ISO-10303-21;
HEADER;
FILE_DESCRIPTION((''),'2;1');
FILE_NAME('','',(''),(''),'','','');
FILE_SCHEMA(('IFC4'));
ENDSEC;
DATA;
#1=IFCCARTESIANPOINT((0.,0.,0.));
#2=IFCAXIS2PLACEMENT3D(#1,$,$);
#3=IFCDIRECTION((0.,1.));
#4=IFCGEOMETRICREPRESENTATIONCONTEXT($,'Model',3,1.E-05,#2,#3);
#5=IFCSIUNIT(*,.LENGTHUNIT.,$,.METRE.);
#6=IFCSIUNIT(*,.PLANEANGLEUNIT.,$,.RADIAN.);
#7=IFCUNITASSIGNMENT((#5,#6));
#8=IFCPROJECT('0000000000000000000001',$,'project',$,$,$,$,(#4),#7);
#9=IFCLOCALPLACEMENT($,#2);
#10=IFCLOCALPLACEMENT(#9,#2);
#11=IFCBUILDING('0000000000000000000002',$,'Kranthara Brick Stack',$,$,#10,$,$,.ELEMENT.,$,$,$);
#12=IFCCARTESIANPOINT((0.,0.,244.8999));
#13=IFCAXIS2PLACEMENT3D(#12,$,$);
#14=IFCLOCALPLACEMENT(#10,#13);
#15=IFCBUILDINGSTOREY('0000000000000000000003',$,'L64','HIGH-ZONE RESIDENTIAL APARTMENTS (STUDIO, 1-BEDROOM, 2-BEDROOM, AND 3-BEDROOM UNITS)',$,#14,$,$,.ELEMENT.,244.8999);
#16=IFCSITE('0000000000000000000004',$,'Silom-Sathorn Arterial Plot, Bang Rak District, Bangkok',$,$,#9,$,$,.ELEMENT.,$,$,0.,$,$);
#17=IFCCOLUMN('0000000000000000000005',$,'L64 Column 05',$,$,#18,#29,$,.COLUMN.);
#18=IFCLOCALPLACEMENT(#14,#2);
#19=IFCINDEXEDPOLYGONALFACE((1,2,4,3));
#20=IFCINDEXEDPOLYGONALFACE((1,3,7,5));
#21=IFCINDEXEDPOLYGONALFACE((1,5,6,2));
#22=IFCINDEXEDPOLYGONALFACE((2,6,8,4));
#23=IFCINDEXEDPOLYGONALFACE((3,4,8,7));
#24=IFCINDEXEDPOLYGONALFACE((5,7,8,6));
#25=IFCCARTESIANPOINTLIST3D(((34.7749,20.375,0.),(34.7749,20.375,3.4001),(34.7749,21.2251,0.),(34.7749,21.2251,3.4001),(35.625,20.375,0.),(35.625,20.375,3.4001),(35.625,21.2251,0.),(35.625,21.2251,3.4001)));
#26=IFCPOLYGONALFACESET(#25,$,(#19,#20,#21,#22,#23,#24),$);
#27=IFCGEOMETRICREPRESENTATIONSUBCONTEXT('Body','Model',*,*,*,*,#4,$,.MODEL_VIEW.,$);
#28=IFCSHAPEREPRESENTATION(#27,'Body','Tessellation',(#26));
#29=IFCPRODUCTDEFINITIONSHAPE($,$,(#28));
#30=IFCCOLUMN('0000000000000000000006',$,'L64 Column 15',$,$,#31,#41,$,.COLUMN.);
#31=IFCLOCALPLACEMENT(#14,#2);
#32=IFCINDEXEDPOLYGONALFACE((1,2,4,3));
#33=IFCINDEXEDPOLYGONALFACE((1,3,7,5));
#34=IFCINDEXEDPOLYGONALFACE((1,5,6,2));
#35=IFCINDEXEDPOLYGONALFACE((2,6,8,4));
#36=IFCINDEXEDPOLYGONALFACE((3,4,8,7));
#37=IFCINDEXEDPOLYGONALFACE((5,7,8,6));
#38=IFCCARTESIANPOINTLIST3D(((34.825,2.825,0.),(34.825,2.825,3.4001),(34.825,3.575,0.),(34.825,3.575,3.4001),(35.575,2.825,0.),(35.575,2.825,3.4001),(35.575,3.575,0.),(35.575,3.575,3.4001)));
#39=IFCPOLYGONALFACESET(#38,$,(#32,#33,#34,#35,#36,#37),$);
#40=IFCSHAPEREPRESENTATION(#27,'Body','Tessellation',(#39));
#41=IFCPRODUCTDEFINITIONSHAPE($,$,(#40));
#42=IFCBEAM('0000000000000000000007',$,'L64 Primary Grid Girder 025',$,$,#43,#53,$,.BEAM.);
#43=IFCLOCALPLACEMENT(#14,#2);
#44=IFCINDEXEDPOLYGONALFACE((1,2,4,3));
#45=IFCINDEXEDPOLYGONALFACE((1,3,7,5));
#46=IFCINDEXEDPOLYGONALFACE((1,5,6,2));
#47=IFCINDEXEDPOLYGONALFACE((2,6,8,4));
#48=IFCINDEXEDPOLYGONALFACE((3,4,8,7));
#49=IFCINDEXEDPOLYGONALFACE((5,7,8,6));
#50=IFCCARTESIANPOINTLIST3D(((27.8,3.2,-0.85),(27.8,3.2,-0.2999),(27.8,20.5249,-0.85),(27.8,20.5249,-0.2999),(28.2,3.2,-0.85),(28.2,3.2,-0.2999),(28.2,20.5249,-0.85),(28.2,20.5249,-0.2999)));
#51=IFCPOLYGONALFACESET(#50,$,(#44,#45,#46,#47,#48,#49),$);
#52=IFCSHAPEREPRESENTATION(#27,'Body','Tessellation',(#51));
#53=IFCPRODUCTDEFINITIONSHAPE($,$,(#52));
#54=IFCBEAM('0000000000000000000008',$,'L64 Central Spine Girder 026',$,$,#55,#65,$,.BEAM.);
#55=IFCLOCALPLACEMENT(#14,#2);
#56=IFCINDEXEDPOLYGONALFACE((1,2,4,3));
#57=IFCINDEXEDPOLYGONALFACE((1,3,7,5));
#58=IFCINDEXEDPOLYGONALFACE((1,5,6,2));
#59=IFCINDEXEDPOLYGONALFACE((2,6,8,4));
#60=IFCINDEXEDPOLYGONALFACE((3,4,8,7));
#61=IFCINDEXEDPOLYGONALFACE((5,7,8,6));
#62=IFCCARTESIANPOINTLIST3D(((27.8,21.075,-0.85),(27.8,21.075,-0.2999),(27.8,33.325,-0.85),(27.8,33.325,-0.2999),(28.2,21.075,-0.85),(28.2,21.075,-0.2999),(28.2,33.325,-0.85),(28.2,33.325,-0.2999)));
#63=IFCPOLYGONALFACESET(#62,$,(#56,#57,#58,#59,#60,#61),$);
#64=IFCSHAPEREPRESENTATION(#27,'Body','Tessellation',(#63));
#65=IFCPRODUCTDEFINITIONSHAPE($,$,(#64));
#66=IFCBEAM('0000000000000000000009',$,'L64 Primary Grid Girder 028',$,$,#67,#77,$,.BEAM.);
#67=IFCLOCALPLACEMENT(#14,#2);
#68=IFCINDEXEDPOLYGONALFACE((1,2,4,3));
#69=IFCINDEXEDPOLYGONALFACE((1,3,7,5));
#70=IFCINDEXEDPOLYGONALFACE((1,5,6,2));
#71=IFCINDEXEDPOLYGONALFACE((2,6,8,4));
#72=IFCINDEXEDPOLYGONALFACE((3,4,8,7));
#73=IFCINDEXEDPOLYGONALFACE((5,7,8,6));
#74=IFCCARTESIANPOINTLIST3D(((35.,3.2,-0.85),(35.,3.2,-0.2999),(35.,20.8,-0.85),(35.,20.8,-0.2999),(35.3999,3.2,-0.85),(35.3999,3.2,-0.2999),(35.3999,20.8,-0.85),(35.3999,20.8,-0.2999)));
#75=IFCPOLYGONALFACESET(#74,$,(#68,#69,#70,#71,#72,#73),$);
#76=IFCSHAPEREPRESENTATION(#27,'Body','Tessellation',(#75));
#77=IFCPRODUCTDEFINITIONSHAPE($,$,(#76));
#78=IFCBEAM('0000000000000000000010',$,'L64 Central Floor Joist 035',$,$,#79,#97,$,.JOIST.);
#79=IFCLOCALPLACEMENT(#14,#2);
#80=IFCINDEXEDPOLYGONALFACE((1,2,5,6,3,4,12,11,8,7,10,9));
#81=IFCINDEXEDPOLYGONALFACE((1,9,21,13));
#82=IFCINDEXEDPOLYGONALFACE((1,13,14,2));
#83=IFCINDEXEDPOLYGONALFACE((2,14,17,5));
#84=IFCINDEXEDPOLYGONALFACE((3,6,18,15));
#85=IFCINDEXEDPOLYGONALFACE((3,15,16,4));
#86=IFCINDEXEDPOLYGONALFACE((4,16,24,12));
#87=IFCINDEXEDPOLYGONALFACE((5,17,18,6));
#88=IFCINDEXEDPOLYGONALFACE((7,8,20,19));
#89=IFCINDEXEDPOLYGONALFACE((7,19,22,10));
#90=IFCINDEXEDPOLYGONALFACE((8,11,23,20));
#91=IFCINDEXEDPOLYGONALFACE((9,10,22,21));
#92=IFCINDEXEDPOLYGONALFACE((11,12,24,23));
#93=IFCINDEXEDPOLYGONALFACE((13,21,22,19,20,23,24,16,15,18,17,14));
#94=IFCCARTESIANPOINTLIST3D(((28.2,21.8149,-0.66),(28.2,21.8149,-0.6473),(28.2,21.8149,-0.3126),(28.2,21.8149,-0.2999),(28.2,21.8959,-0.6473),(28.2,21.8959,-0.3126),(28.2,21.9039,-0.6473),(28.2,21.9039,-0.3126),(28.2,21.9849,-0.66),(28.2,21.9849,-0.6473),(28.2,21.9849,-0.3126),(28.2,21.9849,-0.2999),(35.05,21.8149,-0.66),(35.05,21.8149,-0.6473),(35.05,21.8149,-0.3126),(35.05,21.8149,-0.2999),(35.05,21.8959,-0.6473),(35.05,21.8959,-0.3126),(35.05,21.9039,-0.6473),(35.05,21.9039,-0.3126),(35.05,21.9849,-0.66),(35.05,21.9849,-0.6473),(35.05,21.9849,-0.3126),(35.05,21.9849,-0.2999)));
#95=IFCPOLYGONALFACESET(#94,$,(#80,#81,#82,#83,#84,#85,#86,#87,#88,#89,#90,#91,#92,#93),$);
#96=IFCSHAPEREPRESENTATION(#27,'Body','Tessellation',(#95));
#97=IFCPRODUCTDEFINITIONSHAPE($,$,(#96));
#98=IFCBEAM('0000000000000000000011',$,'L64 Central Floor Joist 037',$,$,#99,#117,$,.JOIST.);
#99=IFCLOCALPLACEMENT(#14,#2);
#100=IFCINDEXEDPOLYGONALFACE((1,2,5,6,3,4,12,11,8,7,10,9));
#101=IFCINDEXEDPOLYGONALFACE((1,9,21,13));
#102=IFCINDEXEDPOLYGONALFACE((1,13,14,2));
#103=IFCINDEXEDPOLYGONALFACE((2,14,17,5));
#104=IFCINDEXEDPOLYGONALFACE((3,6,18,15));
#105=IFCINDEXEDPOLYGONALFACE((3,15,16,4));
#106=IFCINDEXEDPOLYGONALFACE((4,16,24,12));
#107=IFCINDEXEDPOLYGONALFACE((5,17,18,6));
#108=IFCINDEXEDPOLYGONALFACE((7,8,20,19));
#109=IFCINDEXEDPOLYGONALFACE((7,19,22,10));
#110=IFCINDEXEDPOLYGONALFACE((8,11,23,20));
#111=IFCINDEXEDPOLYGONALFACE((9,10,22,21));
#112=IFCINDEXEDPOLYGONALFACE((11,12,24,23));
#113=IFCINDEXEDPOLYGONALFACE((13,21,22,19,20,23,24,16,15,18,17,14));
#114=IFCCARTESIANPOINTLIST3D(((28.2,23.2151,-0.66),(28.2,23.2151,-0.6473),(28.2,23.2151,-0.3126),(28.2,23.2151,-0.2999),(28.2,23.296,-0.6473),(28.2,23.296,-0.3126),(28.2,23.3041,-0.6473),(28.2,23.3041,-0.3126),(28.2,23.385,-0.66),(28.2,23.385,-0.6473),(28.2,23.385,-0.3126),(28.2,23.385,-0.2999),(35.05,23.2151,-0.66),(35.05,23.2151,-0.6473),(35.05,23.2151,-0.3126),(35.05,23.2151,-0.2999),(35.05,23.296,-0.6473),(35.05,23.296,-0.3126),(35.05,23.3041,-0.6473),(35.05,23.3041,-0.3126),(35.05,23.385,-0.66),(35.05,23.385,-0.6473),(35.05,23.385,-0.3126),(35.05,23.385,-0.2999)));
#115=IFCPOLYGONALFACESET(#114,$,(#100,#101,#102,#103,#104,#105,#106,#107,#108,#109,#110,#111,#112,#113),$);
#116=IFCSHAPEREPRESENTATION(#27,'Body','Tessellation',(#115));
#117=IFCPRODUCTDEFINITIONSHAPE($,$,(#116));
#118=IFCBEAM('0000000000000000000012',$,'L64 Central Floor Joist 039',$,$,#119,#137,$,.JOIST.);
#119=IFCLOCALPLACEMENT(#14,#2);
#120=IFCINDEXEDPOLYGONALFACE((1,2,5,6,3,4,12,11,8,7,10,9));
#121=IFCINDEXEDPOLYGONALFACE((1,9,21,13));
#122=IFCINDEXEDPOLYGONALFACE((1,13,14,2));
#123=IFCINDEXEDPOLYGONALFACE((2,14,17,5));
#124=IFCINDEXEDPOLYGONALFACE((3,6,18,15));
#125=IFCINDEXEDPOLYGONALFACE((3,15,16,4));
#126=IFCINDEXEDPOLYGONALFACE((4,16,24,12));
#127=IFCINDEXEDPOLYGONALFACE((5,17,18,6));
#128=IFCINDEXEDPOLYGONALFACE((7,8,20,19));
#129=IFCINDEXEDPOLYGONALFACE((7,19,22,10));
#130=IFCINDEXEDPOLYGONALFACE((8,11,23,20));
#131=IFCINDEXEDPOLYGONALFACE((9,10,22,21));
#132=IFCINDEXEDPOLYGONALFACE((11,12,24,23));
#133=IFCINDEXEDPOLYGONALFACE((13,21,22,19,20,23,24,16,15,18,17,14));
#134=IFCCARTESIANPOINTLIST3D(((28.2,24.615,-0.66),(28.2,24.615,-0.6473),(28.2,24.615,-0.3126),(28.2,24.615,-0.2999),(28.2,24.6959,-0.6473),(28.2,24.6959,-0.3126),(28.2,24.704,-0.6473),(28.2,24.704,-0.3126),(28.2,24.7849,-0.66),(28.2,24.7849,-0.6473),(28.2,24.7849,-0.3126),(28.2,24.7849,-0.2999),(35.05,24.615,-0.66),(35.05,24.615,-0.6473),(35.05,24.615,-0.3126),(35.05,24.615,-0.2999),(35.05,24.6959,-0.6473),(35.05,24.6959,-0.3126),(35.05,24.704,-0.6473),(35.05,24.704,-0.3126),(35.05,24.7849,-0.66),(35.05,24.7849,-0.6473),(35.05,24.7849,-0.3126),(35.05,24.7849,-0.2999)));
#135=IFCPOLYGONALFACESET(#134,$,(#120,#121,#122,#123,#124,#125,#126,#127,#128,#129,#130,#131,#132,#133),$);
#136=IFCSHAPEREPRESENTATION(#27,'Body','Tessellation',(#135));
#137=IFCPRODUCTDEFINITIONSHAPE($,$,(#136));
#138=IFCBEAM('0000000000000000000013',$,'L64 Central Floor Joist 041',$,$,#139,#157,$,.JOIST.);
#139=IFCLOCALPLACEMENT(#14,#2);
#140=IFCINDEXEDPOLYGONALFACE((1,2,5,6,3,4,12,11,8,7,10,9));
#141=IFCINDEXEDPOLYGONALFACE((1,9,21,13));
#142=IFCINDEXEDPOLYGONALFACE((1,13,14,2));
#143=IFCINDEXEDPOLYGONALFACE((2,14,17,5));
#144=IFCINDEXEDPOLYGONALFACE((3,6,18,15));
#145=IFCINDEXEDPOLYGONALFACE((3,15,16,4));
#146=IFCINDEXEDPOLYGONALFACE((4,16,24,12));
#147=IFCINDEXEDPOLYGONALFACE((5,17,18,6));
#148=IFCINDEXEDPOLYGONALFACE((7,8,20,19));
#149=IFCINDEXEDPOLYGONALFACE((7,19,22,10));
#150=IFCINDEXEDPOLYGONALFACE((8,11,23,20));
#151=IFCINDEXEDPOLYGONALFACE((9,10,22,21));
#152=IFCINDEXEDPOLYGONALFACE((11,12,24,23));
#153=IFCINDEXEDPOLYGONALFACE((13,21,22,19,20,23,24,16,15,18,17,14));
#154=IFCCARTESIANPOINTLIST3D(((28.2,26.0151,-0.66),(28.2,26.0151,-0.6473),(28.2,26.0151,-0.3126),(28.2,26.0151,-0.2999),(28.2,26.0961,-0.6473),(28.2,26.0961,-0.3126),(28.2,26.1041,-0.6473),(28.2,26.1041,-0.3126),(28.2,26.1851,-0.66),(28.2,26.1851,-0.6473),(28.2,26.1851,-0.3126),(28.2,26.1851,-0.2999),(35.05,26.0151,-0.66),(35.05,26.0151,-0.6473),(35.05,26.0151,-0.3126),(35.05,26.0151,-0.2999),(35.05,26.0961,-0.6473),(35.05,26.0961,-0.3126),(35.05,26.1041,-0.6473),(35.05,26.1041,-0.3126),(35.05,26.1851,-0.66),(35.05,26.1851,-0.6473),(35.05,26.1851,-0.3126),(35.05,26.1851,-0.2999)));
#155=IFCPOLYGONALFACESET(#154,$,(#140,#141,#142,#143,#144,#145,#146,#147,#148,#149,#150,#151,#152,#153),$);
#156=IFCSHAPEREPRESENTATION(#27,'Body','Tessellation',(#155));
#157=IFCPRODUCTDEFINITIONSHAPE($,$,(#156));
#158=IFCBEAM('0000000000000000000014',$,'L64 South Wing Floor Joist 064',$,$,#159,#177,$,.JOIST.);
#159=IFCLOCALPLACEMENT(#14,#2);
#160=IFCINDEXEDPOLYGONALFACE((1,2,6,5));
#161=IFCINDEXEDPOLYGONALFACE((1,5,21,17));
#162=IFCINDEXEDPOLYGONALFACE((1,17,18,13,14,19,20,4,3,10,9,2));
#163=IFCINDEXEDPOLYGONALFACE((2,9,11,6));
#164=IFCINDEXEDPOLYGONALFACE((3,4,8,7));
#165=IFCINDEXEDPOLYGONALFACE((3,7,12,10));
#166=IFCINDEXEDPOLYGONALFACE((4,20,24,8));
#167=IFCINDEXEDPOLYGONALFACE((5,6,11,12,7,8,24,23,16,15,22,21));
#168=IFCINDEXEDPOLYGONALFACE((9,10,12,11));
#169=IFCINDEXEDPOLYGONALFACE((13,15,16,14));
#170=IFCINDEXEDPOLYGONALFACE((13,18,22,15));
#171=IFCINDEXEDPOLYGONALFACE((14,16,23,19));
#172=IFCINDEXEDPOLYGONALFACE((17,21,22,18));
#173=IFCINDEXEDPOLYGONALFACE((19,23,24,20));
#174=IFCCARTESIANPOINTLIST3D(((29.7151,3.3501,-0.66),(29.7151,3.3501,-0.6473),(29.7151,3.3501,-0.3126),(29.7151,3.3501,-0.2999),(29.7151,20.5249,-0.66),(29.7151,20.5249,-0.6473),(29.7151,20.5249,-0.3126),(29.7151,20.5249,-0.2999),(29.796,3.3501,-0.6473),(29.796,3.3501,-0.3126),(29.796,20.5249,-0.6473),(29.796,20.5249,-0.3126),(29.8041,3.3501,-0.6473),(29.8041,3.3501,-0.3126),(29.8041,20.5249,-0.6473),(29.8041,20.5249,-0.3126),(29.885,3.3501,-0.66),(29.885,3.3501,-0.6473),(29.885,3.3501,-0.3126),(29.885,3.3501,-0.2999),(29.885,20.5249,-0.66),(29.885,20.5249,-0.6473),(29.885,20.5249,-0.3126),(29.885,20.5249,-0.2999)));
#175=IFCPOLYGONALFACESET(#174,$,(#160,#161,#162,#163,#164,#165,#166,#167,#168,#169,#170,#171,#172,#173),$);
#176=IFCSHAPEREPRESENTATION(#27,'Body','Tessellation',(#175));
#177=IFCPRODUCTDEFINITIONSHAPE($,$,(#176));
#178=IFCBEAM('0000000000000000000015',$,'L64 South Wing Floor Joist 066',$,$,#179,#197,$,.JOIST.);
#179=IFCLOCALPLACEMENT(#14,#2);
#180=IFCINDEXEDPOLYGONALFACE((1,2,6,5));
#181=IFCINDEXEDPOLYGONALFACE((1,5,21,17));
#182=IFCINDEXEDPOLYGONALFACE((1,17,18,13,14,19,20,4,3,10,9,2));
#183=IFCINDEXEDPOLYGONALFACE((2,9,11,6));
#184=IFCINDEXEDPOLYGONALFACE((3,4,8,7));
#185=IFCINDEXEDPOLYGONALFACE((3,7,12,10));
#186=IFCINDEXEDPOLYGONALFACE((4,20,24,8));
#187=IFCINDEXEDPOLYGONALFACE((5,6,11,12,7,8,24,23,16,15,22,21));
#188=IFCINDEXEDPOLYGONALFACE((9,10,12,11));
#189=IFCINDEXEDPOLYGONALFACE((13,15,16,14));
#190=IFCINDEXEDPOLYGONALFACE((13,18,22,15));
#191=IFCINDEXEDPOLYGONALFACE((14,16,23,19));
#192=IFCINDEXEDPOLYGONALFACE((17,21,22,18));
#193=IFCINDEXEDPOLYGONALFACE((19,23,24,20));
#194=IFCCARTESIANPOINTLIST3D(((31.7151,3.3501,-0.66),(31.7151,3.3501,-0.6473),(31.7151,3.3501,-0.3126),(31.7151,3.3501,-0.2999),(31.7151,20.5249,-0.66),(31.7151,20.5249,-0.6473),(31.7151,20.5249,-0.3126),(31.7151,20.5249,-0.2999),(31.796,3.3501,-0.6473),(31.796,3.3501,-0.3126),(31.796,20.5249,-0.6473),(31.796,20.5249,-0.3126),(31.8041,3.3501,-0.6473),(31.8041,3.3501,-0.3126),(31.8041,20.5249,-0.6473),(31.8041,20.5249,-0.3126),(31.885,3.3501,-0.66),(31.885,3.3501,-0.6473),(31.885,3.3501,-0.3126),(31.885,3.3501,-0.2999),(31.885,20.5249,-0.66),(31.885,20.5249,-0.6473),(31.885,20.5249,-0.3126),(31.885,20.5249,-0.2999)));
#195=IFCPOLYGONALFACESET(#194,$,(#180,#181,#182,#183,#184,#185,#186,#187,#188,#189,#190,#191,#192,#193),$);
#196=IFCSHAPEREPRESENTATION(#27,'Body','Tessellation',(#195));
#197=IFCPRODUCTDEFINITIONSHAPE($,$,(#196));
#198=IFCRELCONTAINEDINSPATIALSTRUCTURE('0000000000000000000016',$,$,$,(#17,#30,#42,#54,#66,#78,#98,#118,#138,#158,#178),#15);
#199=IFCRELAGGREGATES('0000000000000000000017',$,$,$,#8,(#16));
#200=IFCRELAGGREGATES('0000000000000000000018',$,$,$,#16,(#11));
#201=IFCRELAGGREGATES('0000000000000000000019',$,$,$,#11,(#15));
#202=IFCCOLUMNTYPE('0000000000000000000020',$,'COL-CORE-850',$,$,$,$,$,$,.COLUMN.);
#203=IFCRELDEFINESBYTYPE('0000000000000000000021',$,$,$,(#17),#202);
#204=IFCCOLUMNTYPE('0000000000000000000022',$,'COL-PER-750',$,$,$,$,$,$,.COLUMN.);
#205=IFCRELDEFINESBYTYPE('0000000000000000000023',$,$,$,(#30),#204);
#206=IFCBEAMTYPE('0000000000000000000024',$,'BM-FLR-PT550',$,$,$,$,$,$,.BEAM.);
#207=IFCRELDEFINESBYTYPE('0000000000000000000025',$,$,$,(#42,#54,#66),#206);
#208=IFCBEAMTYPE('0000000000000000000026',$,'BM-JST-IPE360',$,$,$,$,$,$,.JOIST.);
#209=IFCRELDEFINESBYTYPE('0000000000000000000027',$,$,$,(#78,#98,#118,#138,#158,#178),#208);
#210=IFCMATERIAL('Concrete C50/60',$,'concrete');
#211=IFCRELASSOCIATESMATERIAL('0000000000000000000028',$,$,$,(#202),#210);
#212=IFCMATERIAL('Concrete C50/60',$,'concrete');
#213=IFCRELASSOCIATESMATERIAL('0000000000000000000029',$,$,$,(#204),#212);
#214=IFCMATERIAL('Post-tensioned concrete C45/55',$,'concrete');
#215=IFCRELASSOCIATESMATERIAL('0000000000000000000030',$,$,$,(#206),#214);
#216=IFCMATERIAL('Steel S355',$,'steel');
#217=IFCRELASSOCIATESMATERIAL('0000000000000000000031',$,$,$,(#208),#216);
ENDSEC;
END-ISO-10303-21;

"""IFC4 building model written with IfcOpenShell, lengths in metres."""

from ifc_helpers import new_model, si_unit, direction, frame, origin, origin_2d, place, context, subcontext, project, spatial, rectangle, i_section, extrude, material, material_profile, profile_set, type_object, element, save


model = new_model("IFC4")

# Units and contexts
model_context = context("Model", 3, precision=1e-05, world=origin(), true_north=direction((0.0, 1.0)))
body_context = subcontext(model_context, "Body", "Model", "MODEL_VIEW")
ifc_project = project(units=[si_unit("LENGTHUNIT", "METRE"), si_unit("PLANEANGLEUNIT", "RADIAN")], contexts=[model_context])

# Site, building, storey
site_placement = place(None, origin())
site = spatial("IfcSite", under=ifc_project, at=site_placement, Name="Silom-Sathorn Arterial Plot, Bang Rak District, Bangkok", CompositionType="ELEMENT", RefElevation=0.0)
building_placement = place(site_placement, origin())
building = spatial("IfcBuilding", under=site, at=building_placement, Name="Kranthara Brick Stack", CompositionType="ELEMENT")
storey_placement = place(building_placement, frame((0.0, 0.0, 244.8999)))
storey = spatial("IfcBuildingStorey", under=building, at=storey_placement, Name="L64", Description="HIGH-ZONE RESIDENTIAL APARTMENTS (STUDIO, 1-BEDROOM, 2-BEDROOM, AND 3-BEDROOM UNITS)", CompositionType="ELEMENT", Elevation=244.8999)

# Columns
ifc_material_1 = material(Name="Concrete C50/60", Category="concrete")
ifc_material_profile_1 = material_profile(ifc_material_1, rectangle(XDim=0.8501, YDim=0.8501, at=origin_2d()), Name="RC 850x850")
ifc_profile_set_1 = profile_set([ifc_material_profile_1], Name="Concrete C50/60")
column_type_1 = type_object("IfcColumnType", Name="COL-CORE-850", PredefinedType="COLUMN", material=ifc_profile_set_1)
column_1_placement = place(storey_placement, frame((35.2, 20.8, 0.0), z_axis=(0.0, 0.0, 1.0), x_axis=(1.0, 0.0, 0.0)))
element("IfcColumn", 1, at=column_1_placement, inside=storey, type_object=column_type_1, Name="L64 Column 05", PredefinedType="COLUMN", context=body_context, shape_type="SweptSolid", body=[
    extrude(rectangle(XDim=0.8501, YDim=0.8501, at=origin_2d()), origin(), (0.0, 0.0, 1.0), 3.4001),
])
ifc_material_2 = material(Name="Concrete C50/60", Category="concrete")
ifc_material_profile_2 = material_profile(ifc_material_2, rectangle(XDim=0.75, YDim=0.75, at=origin_2d()), Name="RC 750x750")
ifc_profile_set_2 = profile_set([ifc_material_profile_2], Name="Concrete C50/60")
column_type_2 = type_object("IfcColumnType", Name="COL-PER-750", PredefinedType="COLUMN", material=ifc_profile_set_2)
column_2_placement = place(storey_placement, frame((35.2, 3.2, 0.0), z_axis=(0.0, 0.0, 1.0), x_axis=(1.0, 0.0, 0.0)))
element("IfcColumn", 2, at=column_2_placement, inside=storey, type_object=column_type_2, Name="L64 Column 15", PredefinedType="COLUMN", context=body_context, shape_type="SweptSolid", body=[
    extrude(rectangle(XDim=0.75, YDim=0.75, at=origin_2d()), origin(), (0.0, 0.0, 1.0), 3.4001),
])

# Beams
ifc_material_3 = material(Name="Post-tensioned concrete C45/55", Category="concrete")
ifc_material_profile_3 = material_profile(ifc_material_3, rectangle(XDim=0.3999, YDim=0.55, at=origin_2d()), Name="PT 400x550")
ifc_profile_set_3 = profile_set([ifc_material_profile_3], Name="Post-tensioned concrete C45/55")
beam_type_1 = type_object("IfcBeamType", Name="BM-FLR-PT550", PredefinedType="BEAM", material=ifc_profile_set_3)
beam_1_placement = place(storey_placement, frame((28.0, 3.2, -0.575), z_axis=(0.0, 1.0, 0.0), x_axis=(-1.0, 0.0, 0.0)))
element("IfcBeam", 3, at=beam_1_placement, inside=storey, type_object=beam_type_1, Name="L64 Primary Grid Girder 025", PredefinedType="BEAM", context=body_context, shape_type="SweptSolid", body=[
    extrude(rectangle(XDim=0.3999, YDim=0.55, at=origin_2d()), origin(), (0.0, 0.0, 1.0), 17.325),
])
beam_2_placement = place(storey_placement, frame((28.0, 21.075, -0.575), z_axis=(0.0, 1.0, 0.0), x_axis=(-1.0, 0.0, 0.0)))
element("IfcBeam", 4, at=beam_2_placement, inside=storey, type_object=beam_type_1, Name="L64 Central Spine Girder 026", PredefinedType="BEAM", context=body_context, shape_type="SweptSolid", body=[
    extrude(rectangle(XDim=0.3999, YDim=0.55, at=origin_2d()), origin(), (0.0, 0.0, 1.0), 12.25),
])
beam_3_placement = place(storey_placement, frame((35.2, 3.2, -0.575), z_axis=(0.0, 1.0, 0.0), x_axis=(-1.0, 0.0, 0.0)))
element("IfcBeam", 5, at=beam_3_placement, inside=storey, type_object=beam_type_1, Name="L64 Primary Grid Girder 028", PredefinedType="BEAM", context=body_context, shape_type="SweptSolid", body=[
    extrude(rectangle(XDim=0.3999, YDim=0.55, at=origin_2d()), origin(), (0.0, 0.0, 1.0), 17.6001),
])
ifc_material_4 = material(Name="Steel S355", Category="steel")
ifc_material_profile_4 = material_profile(ifc_material_4, i_section(OverallWidth=0.1699, OverallDepth=0.3601, WebThickness=0.0081, FlangeThickness=0.0127, at=origin_2d()), Name="IPE 360")
ifc_profile_set_4 = profile_set([ifc_material_profile_4], Name="Steel S355")
beam_type_2 = type_object("IfcBeamType", Name="BM-JST-IPE360", PredefinedType="JOIST", material=ifc_profile_set_4)
for number, where, z_axis, x_axis, name in (
    (6, (28.2, 21.8999, -0.48), (1.0, 0.0, 0.0), (0.0, 1.0, 0.0), "L64 Central Floor Joist 035"),
    (7, (28.2, 23.3, -0.48), (1.0, 0.0, 0.0), (0.0, 1.0, 0.0), "L64 Central Floor Joist 037"),
    (8, (28.2, 24.7, -0.48), (1.0, 0.0, 0.0), (0.0, 1.0, 0.0), "L64 Central Floor Joist 039"),
    (9, (28.2, 26.1001, -0.48), (1.0, 0.0, 0.0), (0.0, 1.0, 0.0), "L64 Central Floor Joist 041"),
):
    element("IfcBeam", number, at=place(storey_placement, frame(where, z_axis=z_axis, x_axis=x_axis)), inside=storey, type_object=beam_type_2, Name=name, PredefinedType="JOIST", context=body_context, shape_type="SweptSolid", body=[
        extrude(i_section(OverallWidth=0.1699, OverallDepth=0.3601, WebThickness=0.0081, FlangeThickness=0.0127, at=origin_2d()), origin(), (0.0, 0.0, 1.0), 6.8501),
    ])
for number, where, z_axis, x_axis, name in (
    (10, (29.8, 3.3501, -0.48), (0.0, 1.0, 0.0), (-1.0, 0.0, 0.0), "L64 South Wing Floor Joist 064"),
    (11, (31.8, 3.3501, -0.48), (0.0, 1.0, 0.0), (-1.0, 0.0, 0.0), "L64 South Wing Floor Joist 066"),
):
    element("IfcBeam", number, at=place(storey_placement, frame(where, z_axis=z_axis, x_axis=x_axis)), inside=storey, type_object=beam_type_2, Name=name, PredefinedType="JOIST", context=body_context, shape_type="SweptSolid", body=[
        extrude(i_section(OverallWidth=0.1699, OverallDepth=0.3601, WebThickness=0.0081, FlangeThickness=0.0127, at=origin_2d()), origin(), (0.0, 0.0, 1.0), 17.1748),
    ])

save(model, "model.ifc")
